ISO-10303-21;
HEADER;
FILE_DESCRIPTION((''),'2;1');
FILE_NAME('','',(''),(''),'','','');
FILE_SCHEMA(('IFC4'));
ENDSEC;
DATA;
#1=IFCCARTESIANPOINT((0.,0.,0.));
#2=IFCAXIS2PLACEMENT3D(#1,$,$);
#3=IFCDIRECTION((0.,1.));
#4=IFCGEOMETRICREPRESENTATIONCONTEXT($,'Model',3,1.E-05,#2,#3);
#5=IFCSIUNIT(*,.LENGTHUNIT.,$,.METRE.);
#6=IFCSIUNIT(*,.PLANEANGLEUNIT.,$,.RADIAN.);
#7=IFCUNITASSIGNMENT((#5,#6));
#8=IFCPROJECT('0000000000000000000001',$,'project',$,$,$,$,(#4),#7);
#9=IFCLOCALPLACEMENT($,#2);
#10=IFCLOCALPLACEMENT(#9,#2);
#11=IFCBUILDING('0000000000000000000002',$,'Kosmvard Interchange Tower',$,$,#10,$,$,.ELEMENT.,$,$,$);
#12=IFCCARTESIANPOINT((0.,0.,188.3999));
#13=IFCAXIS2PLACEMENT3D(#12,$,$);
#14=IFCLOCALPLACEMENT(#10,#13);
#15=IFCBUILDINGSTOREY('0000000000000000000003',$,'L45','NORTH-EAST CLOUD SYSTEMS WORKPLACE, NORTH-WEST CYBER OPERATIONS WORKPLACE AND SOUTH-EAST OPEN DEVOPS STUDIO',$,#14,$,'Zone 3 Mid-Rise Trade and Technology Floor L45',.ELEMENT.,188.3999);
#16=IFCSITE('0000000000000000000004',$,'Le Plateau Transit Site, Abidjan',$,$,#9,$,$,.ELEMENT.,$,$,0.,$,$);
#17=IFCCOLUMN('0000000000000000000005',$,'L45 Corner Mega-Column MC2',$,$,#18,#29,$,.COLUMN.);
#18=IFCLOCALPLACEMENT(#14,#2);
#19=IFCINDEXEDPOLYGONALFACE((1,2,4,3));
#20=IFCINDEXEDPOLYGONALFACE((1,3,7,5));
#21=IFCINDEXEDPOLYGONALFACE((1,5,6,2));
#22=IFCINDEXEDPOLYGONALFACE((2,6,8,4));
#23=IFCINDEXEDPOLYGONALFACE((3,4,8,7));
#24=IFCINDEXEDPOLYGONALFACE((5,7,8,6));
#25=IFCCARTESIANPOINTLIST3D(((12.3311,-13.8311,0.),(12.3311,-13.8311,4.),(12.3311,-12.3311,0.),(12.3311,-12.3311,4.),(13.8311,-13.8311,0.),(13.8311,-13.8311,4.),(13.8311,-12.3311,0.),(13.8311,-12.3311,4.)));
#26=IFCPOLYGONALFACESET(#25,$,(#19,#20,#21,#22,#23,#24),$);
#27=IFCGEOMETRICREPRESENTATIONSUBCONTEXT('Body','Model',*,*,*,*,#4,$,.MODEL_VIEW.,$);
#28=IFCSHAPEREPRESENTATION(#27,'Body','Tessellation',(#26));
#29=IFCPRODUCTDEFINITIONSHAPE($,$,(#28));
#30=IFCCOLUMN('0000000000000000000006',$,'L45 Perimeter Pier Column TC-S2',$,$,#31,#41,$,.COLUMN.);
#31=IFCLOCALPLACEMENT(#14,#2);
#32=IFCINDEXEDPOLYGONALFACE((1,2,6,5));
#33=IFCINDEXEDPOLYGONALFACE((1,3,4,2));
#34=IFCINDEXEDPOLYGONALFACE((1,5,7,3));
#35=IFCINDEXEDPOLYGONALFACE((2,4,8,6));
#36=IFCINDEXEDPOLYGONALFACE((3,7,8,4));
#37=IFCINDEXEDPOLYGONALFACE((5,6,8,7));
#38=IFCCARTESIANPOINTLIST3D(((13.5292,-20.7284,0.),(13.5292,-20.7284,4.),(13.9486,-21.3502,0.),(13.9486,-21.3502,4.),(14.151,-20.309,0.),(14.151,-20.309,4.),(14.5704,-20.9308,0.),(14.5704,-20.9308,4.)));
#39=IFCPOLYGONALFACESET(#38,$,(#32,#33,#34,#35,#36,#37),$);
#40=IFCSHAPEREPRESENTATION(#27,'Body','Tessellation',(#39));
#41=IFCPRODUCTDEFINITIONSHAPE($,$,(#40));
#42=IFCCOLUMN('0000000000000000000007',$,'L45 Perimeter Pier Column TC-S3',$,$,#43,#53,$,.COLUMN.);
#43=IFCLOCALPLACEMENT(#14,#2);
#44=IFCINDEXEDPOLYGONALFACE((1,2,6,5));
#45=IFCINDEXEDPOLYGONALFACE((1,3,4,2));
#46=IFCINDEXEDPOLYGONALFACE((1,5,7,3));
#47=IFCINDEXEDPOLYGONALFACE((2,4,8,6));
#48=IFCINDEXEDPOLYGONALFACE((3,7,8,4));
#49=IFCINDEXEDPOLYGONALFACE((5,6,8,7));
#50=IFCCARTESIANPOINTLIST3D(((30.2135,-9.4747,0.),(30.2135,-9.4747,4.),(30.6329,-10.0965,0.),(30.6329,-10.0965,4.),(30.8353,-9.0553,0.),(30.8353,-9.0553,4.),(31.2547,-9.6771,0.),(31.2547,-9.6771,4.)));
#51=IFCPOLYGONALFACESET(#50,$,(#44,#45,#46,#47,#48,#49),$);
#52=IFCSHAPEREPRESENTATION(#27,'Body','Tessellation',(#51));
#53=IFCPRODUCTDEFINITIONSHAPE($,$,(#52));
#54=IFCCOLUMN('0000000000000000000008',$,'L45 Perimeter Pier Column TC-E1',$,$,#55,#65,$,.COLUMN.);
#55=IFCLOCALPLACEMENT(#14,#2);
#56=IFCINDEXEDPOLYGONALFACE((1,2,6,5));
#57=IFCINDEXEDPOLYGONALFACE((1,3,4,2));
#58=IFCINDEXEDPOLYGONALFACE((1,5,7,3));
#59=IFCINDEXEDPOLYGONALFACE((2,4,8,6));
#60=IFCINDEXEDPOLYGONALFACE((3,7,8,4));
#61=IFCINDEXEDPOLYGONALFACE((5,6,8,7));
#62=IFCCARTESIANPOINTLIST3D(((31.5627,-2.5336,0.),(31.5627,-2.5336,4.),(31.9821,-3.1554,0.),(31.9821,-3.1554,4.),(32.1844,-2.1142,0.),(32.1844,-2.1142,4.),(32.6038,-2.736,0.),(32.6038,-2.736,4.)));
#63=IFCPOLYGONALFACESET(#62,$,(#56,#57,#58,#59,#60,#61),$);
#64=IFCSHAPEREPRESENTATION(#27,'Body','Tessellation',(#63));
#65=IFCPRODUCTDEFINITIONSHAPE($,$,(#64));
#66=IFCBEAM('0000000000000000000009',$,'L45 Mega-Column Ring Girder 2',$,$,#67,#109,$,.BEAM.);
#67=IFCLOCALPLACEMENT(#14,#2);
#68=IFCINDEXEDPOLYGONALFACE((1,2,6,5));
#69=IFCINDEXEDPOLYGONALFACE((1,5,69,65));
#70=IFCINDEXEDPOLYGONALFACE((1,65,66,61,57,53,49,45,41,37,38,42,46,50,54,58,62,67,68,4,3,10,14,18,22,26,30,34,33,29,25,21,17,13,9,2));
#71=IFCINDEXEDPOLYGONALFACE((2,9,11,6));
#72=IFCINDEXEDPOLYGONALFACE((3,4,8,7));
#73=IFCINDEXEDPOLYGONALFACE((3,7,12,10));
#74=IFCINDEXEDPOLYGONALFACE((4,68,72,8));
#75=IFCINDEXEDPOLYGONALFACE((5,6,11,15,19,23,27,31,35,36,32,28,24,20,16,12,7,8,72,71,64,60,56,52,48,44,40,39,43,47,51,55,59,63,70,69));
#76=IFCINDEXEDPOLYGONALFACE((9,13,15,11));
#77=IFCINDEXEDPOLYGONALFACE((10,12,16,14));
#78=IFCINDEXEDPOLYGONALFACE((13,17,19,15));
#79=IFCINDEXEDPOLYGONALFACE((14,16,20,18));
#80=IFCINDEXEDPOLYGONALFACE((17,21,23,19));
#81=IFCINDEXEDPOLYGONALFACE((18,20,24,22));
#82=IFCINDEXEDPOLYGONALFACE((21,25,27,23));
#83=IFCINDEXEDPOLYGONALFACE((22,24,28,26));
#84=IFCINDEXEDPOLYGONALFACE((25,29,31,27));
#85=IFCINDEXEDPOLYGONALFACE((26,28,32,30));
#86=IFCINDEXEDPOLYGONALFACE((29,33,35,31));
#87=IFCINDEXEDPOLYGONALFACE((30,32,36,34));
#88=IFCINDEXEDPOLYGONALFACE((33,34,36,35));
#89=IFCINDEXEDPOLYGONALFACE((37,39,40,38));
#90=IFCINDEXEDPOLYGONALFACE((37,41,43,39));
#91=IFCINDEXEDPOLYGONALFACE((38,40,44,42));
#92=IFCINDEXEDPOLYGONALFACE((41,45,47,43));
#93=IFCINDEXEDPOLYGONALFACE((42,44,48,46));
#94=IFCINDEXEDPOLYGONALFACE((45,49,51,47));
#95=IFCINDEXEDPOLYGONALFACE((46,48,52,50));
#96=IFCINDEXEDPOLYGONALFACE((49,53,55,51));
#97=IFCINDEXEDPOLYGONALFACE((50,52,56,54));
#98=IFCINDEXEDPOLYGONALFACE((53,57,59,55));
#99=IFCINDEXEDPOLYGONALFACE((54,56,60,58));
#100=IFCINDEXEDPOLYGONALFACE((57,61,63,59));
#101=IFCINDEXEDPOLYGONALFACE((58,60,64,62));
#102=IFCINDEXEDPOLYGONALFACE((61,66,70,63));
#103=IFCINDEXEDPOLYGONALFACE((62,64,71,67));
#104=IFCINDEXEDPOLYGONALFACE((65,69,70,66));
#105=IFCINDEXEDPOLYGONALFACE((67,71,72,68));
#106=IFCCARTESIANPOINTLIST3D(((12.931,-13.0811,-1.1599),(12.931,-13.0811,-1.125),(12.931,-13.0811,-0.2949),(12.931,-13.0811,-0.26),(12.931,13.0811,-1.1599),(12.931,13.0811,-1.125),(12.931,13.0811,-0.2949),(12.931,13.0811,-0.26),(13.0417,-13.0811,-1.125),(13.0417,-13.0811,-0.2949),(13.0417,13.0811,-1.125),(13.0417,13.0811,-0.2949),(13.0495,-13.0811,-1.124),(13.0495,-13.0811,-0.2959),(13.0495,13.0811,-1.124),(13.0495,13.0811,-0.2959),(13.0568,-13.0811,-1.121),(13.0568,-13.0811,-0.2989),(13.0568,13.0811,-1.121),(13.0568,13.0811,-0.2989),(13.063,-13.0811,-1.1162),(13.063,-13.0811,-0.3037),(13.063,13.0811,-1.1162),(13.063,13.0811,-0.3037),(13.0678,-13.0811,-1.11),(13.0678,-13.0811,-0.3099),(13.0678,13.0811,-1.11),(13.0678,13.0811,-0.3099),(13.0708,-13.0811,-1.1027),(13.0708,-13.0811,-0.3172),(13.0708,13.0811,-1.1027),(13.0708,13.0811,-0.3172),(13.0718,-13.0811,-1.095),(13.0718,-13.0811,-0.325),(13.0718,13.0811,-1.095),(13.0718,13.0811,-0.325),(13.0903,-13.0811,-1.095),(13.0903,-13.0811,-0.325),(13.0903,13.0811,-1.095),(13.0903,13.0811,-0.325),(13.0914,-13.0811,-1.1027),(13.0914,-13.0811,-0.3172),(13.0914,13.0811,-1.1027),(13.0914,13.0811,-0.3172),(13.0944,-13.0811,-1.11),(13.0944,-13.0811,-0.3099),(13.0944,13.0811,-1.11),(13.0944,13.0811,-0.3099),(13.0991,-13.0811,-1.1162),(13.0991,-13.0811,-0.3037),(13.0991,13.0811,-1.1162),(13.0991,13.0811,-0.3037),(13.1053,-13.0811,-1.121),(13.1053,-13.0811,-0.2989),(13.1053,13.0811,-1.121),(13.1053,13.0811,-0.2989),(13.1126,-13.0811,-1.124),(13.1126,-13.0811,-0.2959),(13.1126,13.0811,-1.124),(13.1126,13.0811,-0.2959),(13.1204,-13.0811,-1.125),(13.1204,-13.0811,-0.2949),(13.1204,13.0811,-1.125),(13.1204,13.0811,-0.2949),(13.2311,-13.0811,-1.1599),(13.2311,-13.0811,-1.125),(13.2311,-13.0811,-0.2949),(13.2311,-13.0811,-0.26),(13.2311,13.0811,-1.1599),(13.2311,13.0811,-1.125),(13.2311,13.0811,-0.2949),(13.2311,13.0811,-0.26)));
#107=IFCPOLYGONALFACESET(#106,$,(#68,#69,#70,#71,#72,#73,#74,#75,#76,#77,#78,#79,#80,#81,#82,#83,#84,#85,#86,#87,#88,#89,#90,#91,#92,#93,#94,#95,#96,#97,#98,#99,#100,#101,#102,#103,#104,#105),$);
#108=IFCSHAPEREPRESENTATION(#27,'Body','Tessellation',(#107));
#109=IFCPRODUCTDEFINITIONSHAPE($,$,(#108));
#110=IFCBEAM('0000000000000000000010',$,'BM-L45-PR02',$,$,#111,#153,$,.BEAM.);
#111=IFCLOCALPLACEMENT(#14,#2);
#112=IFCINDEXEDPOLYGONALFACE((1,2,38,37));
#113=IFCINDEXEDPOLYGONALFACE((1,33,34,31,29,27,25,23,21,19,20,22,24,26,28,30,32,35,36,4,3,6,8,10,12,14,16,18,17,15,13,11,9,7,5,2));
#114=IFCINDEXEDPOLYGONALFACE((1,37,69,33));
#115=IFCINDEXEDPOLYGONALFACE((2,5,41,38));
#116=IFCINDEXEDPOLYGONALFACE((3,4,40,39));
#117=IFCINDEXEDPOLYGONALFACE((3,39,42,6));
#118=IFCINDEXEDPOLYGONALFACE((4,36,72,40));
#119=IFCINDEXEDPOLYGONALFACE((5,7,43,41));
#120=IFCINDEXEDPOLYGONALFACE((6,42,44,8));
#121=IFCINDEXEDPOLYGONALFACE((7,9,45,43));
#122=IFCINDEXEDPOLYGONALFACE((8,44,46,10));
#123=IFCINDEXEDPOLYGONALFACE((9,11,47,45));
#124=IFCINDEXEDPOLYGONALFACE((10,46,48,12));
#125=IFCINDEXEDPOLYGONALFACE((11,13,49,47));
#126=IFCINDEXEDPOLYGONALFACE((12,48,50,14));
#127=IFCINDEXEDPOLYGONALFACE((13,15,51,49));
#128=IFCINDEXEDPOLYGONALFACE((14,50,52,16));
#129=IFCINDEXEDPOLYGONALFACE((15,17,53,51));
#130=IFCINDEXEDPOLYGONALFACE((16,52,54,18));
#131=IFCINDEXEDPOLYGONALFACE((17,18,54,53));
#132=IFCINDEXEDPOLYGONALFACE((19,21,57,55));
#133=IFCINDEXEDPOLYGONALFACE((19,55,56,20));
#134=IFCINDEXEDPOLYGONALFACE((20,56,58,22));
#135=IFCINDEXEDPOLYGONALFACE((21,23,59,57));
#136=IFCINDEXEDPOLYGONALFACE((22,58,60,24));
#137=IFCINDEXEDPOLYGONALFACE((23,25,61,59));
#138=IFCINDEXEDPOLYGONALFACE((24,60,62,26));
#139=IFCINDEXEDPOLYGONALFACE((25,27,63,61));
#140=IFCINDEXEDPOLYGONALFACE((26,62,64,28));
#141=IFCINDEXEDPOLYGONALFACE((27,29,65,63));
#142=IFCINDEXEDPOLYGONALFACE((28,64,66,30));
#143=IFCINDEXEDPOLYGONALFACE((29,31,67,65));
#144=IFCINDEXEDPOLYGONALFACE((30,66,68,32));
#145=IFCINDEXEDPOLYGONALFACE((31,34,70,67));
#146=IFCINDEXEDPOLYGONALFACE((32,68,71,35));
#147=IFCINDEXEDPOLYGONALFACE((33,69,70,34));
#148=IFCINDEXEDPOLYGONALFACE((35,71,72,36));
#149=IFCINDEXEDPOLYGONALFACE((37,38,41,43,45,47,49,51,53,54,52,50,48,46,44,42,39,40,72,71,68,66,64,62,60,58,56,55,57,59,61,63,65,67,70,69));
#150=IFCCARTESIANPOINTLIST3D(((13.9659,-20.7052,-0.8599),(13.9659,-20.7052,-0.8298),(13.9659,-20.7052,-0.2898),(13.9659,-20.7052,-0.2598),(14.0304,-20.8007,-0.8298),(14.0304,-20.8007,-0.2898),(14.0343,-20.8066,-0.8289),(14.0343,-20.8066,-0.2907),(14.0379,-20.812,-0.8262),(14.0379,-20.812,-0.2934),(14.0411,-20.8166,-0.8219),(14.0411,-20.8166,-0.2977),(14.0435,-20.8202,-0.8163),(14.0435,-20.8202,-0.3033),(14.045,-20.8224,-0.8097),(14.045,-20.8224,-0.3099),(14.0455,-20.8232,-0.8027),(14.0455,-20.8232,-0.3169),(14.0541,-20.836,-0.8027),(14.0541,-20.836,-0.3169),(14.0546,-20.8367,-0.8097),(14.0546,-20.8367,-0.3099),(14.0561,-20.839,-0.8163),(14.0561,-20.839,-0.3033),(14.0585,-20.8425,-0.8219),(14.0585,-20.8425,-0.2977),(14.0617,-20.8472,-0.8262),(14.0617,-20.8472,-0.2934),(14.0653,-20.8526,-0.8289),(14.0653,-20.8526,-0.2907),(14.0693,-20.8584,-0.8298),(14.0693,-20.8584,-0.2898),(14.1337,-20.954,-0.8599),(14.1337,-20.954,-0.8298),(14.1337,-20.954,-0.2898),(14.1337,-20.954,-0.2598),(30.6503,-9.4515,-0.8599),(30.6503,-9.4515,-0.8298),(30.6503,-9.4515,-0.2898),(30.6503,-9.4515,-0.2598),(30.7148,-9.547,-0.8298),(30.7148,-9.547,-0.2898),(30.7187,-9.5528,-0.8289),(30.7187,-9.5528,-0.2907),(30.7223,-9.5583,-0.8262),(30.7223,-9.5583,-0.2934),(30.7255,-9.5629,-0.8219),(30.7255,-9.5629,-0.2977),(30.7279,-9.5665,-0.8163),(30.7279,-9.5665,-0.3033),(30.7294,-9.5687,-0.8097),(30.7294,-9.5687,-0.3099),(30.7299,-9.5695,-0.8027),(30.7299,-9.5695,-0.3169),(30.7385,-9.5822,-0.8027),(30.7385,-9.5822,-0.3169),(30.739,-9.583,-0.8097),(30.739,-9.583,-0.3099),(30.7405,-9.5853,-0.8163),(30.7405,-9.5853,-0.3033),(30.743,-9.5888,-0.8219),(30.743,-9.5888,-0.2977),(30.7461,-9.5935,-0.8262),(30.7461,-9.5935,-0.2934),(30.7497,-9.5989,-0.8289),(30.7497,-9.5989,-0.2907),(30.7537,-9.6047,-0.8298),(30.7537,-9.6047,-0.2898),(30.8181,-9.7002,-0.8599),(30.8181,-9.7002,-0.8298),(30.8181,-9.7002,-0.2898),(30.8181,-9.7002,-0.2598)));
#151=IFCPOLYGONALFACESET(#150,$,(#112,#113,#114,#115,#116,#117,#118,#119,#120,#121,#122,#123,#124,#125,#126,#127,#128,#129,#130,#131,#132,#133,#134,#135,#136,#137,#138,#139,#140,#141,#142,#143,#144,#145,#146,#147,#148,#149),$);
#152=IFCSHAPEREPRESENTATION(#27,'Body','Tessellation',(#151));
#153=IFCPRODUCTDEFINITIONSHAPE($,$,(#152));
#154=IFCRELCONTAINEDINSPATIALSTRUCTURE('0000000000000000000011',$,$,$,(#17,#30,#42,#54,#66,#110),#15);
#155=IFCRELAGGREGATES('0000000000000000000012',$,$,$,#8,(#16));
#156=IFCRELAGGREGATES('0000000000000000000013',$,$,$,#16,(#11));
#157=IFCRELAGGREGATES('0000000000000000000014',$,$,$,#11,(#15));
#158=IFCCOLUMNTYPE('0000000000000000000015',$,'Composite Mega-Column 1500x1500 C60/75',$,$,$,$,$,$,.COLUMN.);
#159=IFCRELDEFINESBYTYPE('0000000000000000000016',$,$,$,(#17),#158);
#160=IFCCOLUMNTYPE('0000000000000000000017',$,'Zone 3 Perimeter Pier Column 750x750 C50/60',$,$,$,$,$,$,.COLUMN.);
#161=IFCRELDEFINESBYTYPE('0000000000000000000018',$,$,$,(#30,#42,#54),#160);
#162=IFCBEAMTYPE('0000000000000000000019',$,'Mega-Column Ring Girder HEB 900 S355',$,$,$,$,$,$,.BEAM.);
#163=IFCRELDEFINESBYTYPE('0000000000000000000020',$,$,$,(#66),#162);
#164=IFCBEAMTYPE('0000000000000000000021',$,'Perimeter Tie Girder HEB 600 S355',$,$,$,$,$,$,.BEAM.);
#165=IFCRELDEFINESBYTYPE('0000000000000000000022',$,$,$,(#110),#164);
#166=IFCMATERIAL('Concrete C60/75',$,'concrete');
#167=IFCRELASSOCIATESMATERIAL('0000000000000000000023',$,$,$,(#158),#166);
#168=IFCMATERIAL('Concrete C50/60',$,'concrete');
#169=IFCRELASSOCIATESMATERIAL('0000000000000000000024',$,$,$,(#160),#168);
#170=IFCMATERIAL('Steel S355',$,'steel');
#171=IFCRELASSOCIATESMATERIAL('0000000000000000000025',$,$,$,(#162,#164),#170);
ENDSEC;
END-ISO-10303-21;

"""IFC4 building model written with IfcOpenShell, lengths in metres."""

from ifc_helpers import new_model, si_unit, direction, frame, origin, origin_2d, place, context, subcontext, project, spatial, rectangle, i_section, extrude, source, transform, mapped, material, material_profile, profile_set, type_object, element, save


model = new_model("IFC4")

# Units and contexts
model_context = context("Model", 3, precision=1e-05, world=origin(), true_north=direction((0.0, 1.0)))
body_context = subcontext(model_context, "Body", "Model", "MODEL_VIEW")
ifc_project = project(units=[si_unit("LENGTHUNIT", "METRE"), si_unit("PLANEANGLEUNIT", "RADIAN")], contexts=[model_context])

# Site, building, storey
site_placement = place(None, origin())
site = spatial("IfcSite", under=ifc_project, at=site_placement, Name="Le Plateau Transit Site, Abidjan", CompositionType="ELEMENT", RefElevation=0.0)
building_placement = place(site_placement, origin())
building = spatial("IfcBuilding", under=site, at=building_placement, Name="Kosmvard Interchange Tower", CompositionType="ELEMENT")
storey_placement = place(building_placement, frame((0.0, 0.0, 188.3999)))
storey = spatial("IfcBuildingStorey", under=building, at=storey_placement, Name="L45", Description="NORTH-EAST CLOUD SYSTEMS WORKPLACE, NORTH-WEST CYBER OPERATIONS WORKPLACE AND SOUTH-EAST OPEN DEVOPS STUDIO", LongName="Zone 3 Mid-Rise Trade and Technology Floor L45", CompositionType="ELEMENT", Elevation=188.3999)

# Columns
ifc_material_1 = material(Name="Concrete C60/75", Category="concrete")
ifc_material_profile_1 = material_profile(ifc_material_1, rectangle(XDim=1.5, YDim=1.5, at=origin_2d()), Name="MC 1500x1500")
ifc_profile_set_1 = profile_set([ifc_material_profile_1], Name="Concrete C60/75")
column_type_1 = type_object("IfcColumnType", Name="Composite Mega-Column 1500x1500 C60/75", PredefinedType="COLUMN", material=ifc_profile_set_1)
shared_shape_1 = source(origin(), body_context, "Body", "SweptSolid", [
    extrude(rectangle(XDim=1.5, YDim=1.5, at=origin_2d()), origin(), (0.0, 0.0, 1.0), 4.0),
])
column_placement = place(storey_placement, frame((13.0811, -13.0811, 0.0), z_axis=(0.0, 0.0, 1.0), x_axis=(1.0, 0.0, 0.0)))
element("IfcColumn", 1, at=column_placement, inside=storey, type_object=column_type_1, Name="L45 Corner Mega-Column MC2", PredefinedType="COLUMN", context=body_context, shape_type="MappedRepresentation", body=[
    mapped(shared_shape_1, transform((0.0, 0.0, 0.0), scale=1.0)),
])
ifc_material_2 = material(Name="Concrete C50/60", Category="concrete")
ifc_material_profile_2 = material_profile(ifc_material_2, rectangle(XDim=0.75, YDim=0.75, at=origin_2d()), Name="TC 750x750")
ifc_profile_set_2 = profile_set([ifc_material_profile_2], Name="Concrete C50/60")
column_type_2 = type_object("IfcColumnType", Name="Zone 3 Perimeter Pier Column 750x750 C50/60", PredefinedType="COLUMN", material=ifc_profile_set_2)
shared_shape_2 = source(origin(), body_context, "Body", "SweptSolid", [
    extrude(rectangle(XDim=0.75, YDim=0.75, at=origin_2d()), origin(), (0.0, 0.0, 1.0), 4.0),
])
for number, where, z_axis, x_axis, name in (
    (2, (14.0498, -20.8296, 0.0), (0.0, 0.0, 1.0), (0.829038, 0.559193, 0.0), "L45 Perimeter Pier Column TC-S2"),
    (3, (30.7341, -9.5759, 0.0), (0.0, 0.0, 1.0), (0.829038, 0.559193, 0.0), "L45 Perimeter Pier Column TC-S3"),
    (4, (32.0833, -2.6348, 0.0), (0.0, 0.0, 1.0), (0.829038, 0.559193, 0.0), "L45 Perimeter Pier Column TC-E1"),
):
    element("IfcColumn", number, at=place(storey_placement, frame(where, z_axis=z_axis, x_axis=x_axis)), inside=storey, type_object=column_type_2, Name=name, PredefinedType="COLUMN", context=body_context, shape_type="MappedRepresentation", body=[
        mapped(shared_shape_2, transform((0.0, 0.0, 0.0), scale=1.0)),
    ])

# Beams
ifc_material_3 = material(Name="Steel S355", Category="steel")
ifc_material_profile_3 = material_profile(ifc_material_3, i_section(OverallWidth=0.3, OverallDepth=0.8999, WebThickness=0.0186, FlangeThickness=0.0349, FilletRadius=0.03, at=origin_2d()), Name="HEB 900")
ifc_profile_set_3 = profile_set([ifc_material_profile_3], Name="Steel S355")
beam_type_1 = type_object("IfcBeamType", Name="Mega-Column Ring Girder HEB 900 S355", PredefinedType="BEAM", material=ifc_profile_set_3)
shared_shape_3 = source(origin(), body_context, "Body", "SweptSolid", [
    extrude(i_section(OverallWidth=0.3, OverallDepth=0.8999, WebThickness=0.0186, FlangeThickness=0.0349, FilletRadius=0.03, at=origin_2d()), origin(), (0.0, 0.0, 1.0), 26.1621),
])
beam_1_placement = place(storey_placement, frame((13.0811, -13.0811, -0.71), z_axis=(0.0, 1.0, 0.0), x_axis=(-1.0, 0.0, 0.0)))
element("IfcBeam", 5, at=beam_1_placement, inside=storey, type_object=beam_type_1, Name="L45 Mega-Column Ring Girder 2", PredefinedType="BEAM", context=body_context, shape_type="MappedRepresentation", body=[
    mapped(shared_shape_3, transform((0.0, 0.0, 0.0), scale=1.0)),
])
ifc_material_profile_4 = material_profile(ifc_material_3, i_section(OverallWidth=0.3, OverallDepth=0.6001, WebThickness=0.0154, FlangeThickness=0.03, FilletRadius=0.0271, at=origin_2d()), Name="HEB 600")
ifc_profile_set_4 = profile_set([ifc_material_profile_4], Name="Steel S355")
beam_type_2 = type_object("IfcBeamType", Name="Perimeter Tie Girder HEB 600 S355", PredefinedType="BEAM", material=ifc_profile_set_4)
shared_shape_4 = source(origin(), body_context, "Body", "SweptSolid", [
    extrude(i_section(OverallWidth=0.3, OverallDepth=0.6001, WebThickness=0.0154, FlangeThickness=0.03, FilletRadius=0.0271, at=origin_2d()), origin(), (0.0, 0.0, 1.0), 20.125),
])
for number, where, z_axis, x_axis, name in (
    (6, (14.0498, -20.8296, -0.5598), (0.829039, 0.559191, 0.0), (-0.559191, 0.829039, 0.0), "BM-L45-PR02"),
):
    element("IfcBeam", number, at=place(storey_placement, frame(where, z_axis=z_axis, x_axis=x_axis)), inside=storey, type_object=beam_type_2, Name=name, PredefinedType="BEAM", context=body_context, shape_type="MappedRepresentation", body=[
        mapped(shared_shape_4, transform((0.0, 0.0, 0.0), scale=1.0)),
    ])

save(model, "model.ifc")
